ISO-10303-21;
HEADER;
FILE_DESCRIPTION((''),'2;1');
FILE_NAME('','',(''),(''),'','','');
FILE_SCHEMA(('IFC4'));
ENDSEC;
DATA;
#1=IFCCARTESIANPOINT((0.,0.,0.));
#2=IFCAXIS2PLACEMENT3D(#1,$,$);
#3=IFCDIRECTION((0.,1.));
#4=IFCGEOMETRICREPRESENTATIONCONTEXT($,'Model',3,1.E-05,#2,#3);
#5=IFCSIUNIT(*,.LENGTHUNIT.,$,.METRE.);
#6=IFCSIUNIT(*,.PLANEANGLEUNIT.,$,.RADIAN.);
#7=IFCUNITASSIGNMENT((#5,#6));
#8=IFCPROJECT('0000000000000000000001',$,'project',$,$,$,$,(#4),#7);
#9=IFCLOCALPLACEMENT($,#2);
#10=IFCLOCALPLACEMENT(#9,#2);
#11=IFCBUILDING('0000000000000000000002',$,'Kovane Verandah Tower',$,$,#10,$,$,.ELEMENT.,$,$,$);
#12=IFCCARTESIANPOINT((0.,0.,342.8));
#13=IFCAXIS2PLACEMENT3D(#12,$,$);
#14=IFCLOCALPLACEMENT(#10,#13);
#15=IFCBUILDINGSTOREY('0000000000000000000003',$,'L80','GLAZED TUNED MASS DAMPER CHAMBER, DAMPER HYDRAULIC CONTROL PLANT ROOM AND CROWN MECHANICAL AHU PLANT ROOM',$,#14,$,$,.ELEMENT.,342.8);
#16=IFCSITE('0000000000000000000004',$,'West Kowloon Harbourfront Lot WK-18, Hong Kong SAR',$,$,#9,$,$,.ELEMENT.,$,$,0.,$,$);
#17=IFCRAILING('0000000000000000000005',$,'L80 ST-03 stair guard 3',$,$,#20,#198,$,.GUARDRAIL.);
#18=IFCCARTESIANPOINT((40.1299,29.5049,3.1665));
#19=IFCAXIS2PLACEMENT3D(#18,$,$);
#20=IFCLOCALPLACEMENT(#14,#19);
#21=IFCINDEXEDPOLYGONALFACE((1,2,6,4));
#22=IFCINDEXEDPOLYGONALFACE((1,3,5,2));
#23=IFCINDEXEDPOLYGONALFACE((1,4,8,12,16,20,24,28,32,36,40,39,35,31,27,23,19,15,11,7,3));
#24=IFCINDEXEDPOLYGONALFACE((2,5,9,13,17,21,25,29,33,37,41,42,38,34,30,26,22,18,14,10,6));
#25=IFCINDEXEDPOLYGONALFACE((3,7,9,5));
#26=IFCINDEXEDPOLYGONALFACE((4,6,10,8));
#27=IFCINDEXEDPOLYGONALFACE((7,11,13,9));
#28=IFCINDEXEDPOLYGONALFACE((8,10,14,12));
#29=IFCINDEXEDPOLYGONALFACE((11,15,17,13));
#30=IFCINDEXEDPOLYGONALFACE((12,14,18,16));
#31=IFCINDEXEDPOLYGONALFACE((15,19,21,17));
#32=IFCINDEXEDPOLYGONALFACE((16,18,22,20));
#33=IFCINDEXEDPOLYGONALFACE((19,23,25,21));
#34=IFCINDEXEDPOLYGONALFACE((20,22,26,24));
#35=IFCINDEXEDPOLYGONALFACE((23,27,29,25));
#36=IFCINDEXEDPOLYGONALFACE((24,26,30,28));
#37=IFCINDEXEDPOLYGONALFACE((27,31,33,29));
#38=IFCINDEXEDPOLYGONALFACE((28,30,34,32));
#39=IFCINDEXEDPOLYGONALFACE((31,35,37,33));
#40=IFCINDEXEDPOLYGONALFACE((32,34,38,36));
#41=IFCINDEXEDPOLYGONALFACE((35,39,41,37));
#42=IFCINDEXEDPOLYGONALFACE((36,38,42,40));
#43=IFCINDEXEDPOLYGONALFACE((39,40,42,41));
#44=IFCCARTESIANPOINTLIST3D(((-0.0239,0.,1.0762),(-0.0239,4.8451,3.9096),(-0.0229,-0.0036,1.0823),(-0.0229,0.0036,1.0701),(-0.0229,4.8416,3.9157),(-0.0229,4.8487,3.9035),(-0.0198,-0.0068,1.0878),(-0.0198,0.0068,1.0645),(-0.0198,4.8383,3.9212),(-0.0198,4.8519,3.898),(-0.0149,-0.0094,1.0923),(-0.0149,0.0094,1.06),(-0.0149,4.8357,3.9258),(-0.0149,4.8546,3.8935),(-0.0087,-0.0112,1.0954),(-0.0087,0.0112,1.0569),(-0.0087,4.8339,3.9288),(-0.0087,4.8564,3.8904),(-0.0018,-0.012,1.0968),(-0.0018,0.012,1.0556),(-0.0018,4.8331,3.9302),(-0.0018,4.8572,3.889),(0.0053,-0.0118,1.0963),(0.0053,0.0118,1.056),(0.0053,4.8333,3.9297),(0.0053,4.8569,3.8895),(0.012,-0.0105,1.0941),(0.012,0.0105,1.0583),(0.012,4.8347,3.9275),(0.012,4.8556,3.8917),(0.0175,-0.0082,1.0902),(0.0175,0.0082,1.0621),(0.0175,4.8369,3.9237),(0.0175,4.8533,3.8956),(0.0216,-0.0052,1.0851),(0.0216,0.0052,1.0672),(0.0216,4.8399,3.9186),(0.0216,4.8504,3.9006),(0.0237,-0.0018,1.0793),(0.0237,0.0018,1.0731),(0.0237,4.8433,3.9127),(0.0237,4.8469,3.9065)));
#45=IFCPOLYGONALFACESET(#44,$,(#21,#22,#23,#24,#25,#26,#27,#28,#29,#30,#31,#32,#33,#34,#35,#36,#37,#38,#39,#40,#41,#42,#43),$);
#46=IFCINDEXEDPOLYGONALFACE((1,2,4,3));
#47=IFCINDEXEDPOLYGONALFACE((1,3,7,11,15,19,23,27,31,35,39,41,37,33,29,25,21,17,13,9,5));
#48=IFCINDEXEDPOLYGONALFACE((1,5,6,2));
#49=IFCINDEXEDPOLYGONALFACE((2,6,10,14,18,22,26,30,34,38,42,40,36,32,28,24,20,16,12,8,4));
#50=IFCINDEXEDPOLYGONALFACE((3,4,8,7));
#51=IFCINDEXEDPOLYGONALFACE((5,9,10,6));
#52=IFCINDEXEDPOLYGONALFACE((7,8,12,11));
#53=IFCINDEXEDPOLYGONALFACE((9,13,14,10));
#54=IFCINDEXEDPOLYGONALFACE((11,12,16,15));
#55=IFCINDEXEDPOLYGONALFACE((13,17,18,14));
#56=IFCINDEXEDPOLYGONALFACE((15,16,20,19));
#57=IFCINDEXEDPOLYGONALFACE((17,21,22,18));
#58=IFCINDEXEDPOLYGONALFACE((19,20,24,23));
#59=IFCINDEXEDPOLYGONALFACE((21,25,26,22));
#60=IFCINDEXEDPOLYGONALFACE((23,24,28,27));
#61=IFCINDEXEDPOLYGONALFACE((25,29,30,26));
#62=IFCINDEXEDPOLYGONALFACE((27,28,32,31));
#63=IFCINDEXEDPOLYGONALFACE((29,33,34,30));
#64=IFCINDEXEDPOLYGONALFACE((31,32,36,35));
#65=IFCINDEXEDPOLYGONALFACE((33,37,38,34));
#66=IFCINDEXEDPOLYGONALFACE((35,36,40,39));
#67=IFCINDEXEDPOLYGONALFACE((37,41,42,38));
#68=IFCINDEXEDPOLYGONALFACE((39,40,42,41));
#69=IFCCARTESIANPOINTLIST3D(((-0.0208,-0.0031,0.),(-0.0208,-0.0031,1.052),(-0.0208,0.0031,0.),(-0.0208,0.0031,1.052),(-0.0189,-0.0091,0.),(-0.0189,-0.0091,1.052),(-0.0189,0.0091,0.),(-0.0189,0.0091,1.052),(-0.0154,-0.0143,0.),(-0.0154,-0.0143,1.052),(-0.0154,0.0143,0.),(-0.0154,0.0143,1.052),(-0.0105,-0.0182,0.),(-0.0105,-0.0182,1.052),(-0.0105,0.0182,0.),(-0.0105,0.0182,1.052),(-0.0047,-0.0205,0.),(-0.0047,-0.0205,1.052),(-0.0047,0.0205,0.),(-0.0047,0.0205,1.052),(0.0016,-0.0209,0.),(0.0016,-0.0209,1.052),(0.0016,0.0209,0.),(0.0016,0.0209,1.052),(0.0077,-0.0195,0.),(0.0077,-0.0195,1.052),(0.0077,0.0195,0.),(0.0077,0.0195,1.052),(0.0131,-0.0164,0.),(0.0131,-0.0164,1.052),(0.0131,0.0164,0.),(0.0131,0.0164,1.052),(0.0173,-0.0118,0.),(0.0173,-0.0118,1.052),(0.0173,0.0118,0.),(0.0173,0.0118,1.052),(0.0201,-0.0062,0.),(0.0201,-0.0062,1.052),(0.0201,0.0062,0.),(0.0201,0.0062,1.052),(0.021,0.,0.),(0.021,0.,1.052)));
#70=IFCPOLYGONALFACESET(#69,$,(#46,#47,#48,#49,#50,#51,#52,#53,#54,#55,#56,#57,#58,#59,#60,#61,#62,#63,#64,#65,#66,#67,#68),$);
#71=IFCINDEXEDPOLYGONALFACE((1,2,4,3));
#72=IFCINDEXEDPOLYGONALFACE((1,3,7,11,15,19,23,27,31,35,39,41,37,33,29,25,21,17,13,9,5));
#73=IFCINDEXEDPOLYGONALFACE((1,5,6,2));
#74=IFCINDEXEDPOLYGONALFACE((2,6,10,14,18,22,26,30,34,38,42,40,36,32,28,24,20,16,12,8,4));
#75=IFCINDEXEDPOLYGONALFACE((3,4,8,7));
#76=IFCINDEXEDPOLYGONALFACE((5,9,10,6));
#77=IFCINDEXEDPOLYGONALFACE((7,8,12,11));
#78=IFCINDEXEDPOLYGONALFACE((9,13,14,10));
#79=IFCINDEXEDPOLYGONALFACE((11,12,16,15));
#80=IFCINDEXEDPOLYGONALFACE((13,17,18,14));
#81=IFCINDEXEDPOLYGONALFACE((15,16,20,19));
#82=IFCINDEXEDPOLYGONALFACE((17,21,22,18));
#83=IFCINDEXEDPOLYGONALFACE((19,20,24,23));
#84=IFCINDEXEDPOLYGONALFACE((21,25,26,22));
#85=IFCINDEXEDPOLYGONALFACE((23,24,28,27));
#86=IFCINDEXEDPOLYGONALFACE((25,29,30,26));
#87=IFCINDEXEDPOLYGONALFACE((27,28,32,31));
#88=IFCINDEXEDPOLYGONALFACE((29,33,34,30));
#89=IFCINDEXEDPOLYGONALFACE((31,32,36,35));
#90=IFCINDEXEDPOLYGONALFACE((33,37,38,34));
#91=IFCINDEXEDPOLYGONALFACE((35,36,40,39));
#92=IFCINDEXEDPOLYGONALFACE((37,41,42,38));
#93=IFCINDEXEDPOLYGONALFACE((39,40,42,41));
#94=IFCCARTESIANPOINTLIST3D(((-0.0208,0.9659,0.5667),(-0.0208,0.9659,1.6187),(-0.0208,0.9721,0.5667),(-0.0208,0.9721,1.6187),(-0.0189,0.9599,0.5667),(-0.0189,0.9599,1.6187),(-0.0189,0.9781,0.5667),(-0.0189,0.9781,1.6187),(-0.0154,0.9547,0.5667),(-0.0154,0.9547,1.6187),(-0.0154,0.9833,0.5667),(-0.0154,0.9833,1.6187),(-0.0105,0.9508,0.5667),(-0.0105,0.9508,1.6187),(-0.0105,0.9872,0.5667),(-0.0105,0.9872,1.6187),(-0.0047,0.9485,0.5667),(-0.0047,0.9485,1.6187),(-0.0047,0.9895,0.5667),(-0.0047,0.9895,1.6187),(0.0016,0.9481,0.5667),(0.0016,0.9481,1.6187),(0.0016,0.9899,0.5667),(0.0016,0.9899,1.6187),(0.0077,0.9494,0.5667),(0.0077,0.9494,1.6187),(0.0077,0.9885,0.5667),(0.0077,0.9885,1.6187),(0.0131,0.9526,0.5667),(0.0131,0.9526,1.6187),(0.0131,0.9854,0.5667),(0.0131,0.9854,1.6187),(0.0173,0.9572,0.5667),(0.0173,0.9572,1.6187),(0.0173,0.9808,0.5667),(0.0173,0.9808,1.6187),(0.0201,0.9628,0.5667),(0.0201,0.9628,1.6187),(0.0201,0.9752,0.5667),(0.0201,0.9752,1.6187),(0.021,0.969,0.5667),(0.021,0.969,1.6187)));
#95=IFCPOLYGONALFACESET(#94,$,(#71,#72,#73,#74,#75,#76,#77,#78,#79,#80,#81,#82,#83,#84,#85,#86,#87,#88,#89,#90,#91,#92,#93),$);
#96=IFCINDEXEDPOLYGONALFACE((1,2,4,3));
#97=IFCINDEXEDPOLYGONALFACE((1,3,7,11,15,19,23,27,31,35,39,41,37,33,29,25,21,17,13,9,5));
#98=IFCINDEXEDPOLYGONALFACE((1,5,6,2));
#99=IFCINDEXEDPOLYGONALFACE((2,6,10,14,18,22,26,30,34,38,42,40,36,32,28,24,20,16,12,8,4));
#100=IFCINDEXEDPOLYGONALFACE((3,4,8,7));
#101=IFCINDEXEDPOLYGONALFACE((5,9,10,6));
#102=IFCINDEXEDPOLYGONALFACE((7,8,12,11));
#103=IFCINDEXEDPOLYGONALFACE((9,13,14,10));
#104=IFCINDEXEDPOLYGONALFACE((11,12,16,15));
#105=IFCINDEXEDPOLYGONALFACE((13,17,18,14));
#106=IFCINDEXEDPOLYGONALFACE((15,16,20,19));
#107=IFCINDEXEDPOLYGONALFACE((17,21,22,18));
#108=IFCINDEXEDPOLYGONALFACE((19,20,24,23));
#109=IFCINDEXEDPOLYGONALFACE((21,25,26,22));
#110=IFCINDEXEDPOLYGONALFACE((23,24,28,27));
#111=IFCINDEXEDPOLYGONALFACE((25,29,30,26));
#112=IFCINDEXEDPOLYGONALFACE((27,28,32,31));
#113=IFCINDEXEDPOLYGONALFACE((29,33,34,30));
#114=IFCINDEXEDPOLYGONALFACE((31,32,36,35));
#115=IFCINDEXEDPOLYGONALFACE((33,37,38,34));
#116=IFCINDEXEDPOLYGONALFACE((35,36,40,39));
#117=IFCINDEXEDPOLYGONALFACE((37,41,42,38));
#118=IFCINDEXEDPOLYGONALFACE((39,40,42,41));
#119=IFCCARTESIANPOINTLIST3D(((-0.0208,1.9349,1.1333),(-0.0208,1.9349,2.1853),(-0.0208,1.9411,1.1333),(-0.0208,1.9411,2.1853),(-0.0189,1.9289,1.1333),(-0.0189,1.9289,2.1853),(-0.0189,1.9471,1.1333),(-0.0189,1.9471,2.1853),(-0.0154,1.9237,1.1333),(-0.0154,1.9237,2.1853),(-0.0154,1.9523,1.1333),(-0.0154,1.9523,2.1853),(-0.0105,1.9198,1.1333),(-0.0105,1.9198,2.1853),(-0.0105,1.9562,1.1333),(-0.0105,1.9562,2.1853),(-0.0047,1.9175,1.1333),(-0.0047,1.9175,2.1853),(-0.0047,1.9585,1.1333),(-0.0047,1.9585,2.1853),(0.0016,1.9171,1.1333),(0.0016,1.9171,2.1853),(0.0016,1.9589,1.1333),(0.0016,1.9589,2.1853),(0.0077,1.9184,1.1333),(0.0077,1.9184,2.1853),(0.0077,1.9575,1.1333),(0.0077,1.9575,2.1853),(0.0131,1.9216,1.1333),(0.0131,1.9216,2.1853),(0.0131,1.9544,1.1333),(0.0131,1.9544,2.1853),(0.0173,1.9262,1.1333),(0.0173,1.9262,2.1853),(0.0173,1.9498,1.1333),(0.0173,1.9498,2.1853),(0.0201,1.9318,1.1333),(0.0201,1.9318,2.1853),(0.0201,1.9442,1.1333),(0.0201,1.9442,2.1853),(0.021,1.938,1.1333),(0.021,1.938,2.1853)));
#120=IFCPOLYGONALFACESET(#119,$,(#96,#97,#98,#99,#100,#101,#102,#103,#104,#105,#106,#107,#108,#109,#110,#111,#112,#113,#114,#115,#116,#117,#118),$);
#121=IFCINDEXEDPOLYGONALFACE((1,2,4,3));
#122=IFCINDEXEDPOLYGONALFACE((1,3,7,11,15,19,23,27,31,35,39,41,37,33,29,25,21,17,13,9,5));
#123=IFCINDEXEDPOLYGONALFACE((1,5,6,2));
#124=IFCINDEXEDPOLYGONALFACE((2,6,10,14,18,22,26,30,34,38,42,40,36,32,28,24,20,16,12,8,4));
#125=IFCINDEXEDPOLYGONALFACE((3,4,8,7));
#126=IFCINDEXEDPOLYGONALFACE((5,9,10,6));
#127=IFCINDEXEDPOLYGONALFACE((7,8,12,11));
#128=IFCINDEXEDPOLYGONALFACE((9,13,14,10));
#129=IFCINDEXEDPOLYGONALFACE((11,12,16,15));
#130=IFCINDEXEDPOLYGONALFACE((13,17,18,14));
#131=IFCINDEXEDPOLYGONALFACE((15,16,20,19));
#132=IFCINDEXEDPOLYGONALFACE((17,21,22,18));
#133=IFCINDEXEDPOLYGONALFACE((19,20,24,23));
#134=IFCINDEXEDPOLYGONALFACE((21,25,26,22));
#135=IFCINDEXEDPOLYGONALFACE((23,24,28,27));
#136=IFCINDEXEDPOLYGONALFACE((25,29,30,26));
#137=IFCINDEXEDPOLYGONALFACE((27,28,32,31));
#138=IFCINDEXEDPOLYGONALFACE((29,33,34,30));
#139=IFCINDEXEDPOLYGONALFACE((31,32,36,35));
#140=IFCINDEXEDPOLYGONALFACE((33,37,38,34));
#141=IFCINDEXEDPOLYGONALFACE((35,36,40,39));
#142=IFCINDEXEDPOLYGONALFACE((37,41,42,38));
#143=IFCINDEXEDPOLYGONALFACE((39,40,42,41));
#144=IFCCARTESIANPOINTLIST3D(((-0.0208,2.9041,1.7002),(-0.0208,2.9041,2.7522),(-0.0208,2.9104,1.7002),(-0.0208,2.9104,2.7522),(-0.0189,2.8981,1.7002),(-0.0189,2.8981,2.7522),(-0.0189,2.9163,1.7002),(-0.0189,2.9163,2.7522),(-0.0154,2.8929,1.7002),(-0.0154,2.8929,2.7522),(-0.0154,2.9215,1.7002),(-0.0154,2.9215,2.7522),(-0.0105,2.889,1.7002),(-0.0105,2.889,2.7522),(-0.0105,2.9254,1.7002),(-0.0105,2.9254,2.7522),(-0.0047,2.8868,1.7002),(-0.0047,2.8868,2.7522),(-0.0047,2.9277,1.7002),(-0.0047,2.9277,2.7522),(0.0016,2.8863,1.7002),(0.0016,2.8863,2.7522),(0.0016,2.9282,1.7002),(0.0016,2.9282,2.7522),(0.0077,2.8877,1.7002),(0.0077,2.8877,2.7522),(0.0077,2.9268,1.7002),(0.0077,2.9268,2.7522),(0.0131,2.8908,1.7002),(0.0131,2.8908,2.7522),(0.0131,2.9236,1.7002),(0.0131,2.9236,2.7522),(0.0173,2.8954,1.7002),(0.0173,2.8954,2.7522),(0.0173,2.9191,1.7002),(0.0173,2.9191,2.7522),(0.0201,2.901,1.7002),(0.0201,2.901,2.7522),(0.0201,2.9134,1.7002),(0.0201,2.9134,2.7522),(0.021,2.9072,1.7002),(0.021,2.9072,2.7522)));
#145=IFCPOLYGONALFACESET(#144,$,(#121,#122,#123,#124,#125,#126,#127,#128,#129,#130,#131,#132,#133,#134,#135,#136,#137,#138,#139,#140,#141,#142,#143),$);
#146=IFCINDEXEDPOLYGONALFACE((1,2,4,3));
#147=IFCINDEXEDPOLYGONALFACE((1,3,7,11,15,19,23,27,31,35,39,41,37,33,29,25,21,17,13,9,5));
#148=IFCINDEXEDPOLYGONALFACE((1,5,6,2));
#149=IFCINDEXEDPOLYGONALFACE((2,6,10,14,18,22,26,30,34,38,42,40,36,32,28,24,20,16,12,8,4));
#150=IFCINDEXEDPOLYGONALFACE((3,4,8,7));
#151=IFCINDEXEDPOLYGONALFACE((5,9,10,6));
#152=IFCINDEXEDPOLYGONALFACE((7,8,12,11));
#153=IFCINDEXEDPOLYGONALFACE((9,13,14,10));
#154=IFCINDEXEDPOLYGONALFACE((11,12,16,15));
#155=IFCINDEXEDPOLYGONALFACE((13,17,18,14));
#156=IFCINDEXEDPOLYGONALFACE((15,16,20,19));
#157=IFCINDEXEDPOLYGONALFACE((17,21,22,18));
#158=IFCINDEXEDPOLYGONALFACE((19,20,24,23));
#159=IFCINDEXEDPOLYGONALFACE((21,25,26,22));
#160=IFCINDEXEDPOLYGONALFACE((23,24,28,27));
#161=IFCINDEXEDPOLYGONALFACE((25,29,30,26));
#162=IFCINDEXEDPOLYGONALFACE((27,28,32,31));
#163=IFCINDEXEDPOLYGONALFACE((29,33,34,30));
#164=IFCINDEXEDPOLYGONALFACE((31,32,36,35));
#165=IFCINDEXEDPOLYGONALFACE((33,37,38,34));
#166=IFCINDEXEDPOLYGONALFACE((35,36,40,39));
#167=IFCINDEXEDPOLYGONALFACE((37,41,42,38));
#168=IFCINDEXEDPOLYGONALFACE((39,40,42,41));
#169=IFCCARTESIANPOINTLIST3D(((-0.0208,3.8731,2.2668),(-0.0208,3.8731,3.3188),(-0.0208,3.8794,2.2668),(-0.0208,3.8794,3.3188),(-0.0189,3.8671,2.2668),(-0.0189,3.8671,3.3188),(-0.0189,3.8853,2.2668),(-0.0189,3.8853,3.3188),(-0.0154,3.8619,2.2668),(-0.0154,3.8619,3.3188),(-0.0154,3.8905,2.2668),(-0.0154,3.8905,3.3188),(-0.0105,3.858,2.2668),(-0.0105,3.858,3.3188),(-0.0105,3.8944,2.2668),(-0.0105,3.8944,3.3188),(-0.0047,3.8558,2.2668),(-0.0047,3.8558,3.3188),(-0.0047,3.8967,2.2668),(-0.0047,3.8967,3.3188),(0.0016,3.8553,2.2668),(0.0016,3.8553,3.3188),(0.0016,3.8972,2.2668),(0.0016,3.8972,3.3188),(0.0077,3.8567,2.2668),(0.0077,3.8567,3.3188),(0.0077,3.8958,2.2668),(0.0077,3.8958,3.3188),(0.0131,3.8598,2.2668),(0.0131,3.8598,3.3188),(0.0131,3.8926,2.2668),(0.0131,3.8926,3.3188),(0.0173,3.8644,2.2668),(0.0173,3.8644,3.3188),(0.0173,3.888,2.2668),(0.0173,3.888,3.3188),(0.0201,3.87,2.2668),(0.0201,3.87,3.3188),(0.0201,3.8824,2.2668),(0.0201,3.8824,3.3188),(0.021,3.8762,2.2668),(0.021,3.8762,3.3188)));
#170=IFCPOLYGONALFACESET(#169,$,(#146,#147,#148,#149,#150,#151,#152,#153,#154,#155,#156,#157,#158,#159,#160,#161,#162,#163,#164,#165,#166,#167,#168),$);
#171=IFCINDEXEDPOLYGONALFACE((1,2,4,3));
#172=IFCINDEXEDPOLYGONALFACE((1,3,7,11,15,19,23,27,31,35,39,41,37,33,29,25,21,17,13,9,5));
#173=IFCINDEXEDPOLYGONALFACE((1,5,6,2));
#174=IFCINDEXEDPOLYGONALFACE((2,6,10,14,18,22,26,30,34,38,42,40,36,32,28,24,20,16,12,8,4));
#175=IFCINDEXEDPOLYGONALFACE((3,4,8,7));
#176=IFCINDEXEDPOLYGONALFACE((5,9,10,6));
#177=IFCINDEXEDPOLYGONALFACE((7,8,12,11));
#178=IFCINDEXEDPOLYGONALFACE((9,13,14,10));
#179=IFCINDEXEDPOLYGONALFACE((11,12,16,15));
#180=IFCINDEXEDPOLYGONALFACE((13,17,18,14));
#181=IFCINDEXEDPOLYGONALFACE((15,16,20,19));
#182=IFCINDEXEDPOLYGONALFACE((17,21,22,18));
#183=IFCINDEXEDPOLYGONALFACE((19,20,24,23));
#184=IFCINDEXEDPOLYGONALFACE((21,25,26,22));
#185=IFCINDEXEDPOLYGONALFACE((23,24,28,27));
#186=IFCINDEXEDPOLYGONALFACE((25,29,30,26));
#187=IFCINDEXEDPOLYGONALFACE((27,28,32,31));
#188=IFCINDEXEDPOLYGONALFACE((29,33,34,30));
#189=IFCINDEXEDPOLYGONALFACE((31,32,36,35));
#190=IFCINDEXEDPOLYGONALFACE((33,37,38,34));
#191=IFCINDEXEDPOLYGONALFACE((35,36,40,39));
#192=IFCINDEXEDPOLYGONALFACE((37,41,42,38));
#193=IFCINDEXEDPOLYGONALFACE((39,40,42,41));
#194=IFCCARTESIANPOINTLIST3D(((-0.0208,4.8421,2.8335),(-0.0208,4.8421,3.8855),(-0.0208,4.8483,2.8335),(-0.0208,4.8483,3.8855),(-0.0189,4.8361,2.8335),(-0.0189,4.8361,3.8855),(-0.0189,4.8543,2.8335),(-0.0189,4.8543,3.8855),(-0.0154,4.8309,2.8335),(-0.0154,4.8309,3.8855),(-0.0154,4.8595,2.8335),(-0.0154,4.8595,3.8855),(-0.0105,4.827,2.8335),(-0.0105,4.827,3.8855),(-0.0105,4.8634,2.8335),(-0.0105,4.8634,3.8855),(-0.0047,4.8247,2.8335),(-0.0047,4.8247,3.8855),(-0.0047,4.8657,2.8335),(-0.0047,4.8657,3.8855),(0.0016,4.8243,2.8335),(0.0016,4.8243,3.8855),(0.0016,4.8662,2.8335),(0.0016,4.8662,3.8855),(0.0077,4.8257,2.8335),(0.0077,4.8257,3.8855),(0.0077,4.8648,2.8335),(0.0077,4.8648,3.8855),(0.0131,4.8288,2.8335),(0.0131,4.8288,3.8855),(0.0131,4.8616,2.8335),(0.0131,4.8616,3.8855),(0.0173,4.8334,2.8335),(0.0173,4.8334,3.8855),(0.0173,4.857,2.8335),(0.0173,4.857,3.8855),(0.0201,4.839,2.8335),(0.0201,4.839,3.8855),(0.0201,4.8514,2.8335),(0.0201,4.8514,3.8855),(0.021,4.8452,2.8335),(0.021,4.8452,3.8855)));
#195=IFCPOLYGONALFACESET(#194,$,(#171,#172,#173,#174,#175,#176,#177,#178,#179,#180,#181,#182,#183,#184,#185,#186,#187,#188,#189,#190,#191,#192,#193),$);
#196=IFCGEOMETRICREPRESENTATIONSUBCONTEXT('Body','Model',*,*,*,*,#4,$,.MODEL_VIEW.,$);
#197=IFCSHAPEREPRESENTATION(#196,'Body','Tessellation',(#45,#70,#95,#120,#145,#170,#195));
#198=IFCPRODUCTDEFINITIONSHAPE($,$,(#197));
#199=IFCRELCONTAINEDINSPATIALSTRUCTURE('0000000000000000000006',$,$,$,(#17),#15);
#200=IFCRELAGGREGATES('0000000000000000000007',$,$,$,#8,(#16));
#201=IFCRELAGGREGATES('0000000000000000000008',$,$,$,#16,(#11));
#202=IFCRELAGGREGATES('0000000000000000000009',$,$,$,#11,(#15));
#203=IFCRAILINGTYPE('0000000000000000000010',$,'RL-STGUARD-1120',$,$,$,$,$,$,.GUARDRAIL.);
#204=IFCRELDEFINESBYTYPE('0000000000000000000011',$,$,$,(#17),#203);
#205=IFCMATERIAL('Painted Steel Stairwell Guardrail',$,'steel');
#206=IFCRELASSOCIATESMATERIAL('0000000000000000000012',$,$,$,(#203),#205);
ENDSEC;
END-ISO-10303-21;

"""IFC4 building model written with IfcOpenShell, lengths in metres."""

from ifc_helpers import new_model, si_unit, direction, frame, origin, origin_2d, place, context, subcontext, project, spatial, circle, extrude, material, type_object, element, save


model = new_model("IFC4")

# Units and contexts
model_context = context("Model", 3, precision=1e-05, world=origin(), true_north=direction((0.0, 1.0)))
body_context = subcontext(model_context, "Body", "Model", "MODEL_VIEW")
ifc_project = project(units=[si_unit("LENGTHUNIT", "METRE"), si_unit("PLANEANGLEUNIT", "RADIAN")], contexts=[model_context])

# Site, building, storey
site_placement = place(None, origin())
site = spatial("IfcSite", under=ifc_project, at=site_placement, Name="West Kowloon Harbourfront Lot WK-18, Hong Kong SAR", CompositionType="ELEMENT", RefElevation=0.0)
building_placement = place(site_placement, origin())
building = spatial("IfcBuilding", under=site, at=building_placement, Name="Kovane Verandah Tower", CompositionType="ELEMENT")
storey_placement = place(building_placement, frame((0.0, 0.0, 342.8)))
storey = spatial("IfcBuildingStorey", under=building, at=storey_placement, Name="L80", Description="GLAZED TUNED MASS DAMPER CHAMBER, DAMPER HYDRAULIC CONTROL PLANT ROOM AND CROWN MECHANICAL AHU PLANT ROOM", CompositionType="ELEMENT", Elevation=342.8)

# Railing
ifc_material_1 = material(Name="Painted Steel Stairwell Guardrail", Category="steel")
railing_type_1 = type_object("IfcRailingType", Name="RL-STGUARD-1120", PredefinedType="GUARDRAIL", material=ifc_material_1)
railing_1_placement = place(storey_placement, frame((40.1299, 29.5049, 3.1665)))
element("IfcRailing", 1, at=railing_1_placement, inside=storey, type_object=railing_type_1, Name="L80 ST-03 stair guard 3", PredefinedType="GUARDRAIL", context=body_context, shape_type="SweptSolid", body=[
    extrude(circle(Radius=0.0239, at=origin_2d()), frame((0.0, 0.0, 1.0762), z_axis=(0.0, 0.863226, 0.504817), x_axis=(-1.0, 0.0, 0.0)), (0.0, 0.0, 1.0), 5.6128),
    extrude(circle(Radius=0.021, at=origin_2d()), origin(), (0.0, 0.0, 1.0), 1.052),
    extrude(circle(Radius=0.021, at=origin_2d()), frame((0.0, 0.969, 0.5667)), (0.0, 0.0, 1.0), 1.052),
    extrude(circle(Radius=0.021, at=origin_2d()), frame((0.0, 1.938, 1.1333)), (0.0, 0.0, 1.0), 1.052),
    extrude(circle(Radius=0.021, at=origin_2d()), frame((0.0, 2.9072, 1.7002)), (0.0, 0.0, 1.0), 1.052),
    extrude(circle(Radius=0.021, at=origin_2d()), frame((0.0, 3.8762, 2.2668)), (0.0, 0.0, 1.0), 1.052),
    extrude(circle(Radius=0.021, at=origin_2d()), frame((0.0, 4.8452, 2.8335)), (0.0, 0.0, 1.0), 1.052),
])

save(model, "model.ifc")
